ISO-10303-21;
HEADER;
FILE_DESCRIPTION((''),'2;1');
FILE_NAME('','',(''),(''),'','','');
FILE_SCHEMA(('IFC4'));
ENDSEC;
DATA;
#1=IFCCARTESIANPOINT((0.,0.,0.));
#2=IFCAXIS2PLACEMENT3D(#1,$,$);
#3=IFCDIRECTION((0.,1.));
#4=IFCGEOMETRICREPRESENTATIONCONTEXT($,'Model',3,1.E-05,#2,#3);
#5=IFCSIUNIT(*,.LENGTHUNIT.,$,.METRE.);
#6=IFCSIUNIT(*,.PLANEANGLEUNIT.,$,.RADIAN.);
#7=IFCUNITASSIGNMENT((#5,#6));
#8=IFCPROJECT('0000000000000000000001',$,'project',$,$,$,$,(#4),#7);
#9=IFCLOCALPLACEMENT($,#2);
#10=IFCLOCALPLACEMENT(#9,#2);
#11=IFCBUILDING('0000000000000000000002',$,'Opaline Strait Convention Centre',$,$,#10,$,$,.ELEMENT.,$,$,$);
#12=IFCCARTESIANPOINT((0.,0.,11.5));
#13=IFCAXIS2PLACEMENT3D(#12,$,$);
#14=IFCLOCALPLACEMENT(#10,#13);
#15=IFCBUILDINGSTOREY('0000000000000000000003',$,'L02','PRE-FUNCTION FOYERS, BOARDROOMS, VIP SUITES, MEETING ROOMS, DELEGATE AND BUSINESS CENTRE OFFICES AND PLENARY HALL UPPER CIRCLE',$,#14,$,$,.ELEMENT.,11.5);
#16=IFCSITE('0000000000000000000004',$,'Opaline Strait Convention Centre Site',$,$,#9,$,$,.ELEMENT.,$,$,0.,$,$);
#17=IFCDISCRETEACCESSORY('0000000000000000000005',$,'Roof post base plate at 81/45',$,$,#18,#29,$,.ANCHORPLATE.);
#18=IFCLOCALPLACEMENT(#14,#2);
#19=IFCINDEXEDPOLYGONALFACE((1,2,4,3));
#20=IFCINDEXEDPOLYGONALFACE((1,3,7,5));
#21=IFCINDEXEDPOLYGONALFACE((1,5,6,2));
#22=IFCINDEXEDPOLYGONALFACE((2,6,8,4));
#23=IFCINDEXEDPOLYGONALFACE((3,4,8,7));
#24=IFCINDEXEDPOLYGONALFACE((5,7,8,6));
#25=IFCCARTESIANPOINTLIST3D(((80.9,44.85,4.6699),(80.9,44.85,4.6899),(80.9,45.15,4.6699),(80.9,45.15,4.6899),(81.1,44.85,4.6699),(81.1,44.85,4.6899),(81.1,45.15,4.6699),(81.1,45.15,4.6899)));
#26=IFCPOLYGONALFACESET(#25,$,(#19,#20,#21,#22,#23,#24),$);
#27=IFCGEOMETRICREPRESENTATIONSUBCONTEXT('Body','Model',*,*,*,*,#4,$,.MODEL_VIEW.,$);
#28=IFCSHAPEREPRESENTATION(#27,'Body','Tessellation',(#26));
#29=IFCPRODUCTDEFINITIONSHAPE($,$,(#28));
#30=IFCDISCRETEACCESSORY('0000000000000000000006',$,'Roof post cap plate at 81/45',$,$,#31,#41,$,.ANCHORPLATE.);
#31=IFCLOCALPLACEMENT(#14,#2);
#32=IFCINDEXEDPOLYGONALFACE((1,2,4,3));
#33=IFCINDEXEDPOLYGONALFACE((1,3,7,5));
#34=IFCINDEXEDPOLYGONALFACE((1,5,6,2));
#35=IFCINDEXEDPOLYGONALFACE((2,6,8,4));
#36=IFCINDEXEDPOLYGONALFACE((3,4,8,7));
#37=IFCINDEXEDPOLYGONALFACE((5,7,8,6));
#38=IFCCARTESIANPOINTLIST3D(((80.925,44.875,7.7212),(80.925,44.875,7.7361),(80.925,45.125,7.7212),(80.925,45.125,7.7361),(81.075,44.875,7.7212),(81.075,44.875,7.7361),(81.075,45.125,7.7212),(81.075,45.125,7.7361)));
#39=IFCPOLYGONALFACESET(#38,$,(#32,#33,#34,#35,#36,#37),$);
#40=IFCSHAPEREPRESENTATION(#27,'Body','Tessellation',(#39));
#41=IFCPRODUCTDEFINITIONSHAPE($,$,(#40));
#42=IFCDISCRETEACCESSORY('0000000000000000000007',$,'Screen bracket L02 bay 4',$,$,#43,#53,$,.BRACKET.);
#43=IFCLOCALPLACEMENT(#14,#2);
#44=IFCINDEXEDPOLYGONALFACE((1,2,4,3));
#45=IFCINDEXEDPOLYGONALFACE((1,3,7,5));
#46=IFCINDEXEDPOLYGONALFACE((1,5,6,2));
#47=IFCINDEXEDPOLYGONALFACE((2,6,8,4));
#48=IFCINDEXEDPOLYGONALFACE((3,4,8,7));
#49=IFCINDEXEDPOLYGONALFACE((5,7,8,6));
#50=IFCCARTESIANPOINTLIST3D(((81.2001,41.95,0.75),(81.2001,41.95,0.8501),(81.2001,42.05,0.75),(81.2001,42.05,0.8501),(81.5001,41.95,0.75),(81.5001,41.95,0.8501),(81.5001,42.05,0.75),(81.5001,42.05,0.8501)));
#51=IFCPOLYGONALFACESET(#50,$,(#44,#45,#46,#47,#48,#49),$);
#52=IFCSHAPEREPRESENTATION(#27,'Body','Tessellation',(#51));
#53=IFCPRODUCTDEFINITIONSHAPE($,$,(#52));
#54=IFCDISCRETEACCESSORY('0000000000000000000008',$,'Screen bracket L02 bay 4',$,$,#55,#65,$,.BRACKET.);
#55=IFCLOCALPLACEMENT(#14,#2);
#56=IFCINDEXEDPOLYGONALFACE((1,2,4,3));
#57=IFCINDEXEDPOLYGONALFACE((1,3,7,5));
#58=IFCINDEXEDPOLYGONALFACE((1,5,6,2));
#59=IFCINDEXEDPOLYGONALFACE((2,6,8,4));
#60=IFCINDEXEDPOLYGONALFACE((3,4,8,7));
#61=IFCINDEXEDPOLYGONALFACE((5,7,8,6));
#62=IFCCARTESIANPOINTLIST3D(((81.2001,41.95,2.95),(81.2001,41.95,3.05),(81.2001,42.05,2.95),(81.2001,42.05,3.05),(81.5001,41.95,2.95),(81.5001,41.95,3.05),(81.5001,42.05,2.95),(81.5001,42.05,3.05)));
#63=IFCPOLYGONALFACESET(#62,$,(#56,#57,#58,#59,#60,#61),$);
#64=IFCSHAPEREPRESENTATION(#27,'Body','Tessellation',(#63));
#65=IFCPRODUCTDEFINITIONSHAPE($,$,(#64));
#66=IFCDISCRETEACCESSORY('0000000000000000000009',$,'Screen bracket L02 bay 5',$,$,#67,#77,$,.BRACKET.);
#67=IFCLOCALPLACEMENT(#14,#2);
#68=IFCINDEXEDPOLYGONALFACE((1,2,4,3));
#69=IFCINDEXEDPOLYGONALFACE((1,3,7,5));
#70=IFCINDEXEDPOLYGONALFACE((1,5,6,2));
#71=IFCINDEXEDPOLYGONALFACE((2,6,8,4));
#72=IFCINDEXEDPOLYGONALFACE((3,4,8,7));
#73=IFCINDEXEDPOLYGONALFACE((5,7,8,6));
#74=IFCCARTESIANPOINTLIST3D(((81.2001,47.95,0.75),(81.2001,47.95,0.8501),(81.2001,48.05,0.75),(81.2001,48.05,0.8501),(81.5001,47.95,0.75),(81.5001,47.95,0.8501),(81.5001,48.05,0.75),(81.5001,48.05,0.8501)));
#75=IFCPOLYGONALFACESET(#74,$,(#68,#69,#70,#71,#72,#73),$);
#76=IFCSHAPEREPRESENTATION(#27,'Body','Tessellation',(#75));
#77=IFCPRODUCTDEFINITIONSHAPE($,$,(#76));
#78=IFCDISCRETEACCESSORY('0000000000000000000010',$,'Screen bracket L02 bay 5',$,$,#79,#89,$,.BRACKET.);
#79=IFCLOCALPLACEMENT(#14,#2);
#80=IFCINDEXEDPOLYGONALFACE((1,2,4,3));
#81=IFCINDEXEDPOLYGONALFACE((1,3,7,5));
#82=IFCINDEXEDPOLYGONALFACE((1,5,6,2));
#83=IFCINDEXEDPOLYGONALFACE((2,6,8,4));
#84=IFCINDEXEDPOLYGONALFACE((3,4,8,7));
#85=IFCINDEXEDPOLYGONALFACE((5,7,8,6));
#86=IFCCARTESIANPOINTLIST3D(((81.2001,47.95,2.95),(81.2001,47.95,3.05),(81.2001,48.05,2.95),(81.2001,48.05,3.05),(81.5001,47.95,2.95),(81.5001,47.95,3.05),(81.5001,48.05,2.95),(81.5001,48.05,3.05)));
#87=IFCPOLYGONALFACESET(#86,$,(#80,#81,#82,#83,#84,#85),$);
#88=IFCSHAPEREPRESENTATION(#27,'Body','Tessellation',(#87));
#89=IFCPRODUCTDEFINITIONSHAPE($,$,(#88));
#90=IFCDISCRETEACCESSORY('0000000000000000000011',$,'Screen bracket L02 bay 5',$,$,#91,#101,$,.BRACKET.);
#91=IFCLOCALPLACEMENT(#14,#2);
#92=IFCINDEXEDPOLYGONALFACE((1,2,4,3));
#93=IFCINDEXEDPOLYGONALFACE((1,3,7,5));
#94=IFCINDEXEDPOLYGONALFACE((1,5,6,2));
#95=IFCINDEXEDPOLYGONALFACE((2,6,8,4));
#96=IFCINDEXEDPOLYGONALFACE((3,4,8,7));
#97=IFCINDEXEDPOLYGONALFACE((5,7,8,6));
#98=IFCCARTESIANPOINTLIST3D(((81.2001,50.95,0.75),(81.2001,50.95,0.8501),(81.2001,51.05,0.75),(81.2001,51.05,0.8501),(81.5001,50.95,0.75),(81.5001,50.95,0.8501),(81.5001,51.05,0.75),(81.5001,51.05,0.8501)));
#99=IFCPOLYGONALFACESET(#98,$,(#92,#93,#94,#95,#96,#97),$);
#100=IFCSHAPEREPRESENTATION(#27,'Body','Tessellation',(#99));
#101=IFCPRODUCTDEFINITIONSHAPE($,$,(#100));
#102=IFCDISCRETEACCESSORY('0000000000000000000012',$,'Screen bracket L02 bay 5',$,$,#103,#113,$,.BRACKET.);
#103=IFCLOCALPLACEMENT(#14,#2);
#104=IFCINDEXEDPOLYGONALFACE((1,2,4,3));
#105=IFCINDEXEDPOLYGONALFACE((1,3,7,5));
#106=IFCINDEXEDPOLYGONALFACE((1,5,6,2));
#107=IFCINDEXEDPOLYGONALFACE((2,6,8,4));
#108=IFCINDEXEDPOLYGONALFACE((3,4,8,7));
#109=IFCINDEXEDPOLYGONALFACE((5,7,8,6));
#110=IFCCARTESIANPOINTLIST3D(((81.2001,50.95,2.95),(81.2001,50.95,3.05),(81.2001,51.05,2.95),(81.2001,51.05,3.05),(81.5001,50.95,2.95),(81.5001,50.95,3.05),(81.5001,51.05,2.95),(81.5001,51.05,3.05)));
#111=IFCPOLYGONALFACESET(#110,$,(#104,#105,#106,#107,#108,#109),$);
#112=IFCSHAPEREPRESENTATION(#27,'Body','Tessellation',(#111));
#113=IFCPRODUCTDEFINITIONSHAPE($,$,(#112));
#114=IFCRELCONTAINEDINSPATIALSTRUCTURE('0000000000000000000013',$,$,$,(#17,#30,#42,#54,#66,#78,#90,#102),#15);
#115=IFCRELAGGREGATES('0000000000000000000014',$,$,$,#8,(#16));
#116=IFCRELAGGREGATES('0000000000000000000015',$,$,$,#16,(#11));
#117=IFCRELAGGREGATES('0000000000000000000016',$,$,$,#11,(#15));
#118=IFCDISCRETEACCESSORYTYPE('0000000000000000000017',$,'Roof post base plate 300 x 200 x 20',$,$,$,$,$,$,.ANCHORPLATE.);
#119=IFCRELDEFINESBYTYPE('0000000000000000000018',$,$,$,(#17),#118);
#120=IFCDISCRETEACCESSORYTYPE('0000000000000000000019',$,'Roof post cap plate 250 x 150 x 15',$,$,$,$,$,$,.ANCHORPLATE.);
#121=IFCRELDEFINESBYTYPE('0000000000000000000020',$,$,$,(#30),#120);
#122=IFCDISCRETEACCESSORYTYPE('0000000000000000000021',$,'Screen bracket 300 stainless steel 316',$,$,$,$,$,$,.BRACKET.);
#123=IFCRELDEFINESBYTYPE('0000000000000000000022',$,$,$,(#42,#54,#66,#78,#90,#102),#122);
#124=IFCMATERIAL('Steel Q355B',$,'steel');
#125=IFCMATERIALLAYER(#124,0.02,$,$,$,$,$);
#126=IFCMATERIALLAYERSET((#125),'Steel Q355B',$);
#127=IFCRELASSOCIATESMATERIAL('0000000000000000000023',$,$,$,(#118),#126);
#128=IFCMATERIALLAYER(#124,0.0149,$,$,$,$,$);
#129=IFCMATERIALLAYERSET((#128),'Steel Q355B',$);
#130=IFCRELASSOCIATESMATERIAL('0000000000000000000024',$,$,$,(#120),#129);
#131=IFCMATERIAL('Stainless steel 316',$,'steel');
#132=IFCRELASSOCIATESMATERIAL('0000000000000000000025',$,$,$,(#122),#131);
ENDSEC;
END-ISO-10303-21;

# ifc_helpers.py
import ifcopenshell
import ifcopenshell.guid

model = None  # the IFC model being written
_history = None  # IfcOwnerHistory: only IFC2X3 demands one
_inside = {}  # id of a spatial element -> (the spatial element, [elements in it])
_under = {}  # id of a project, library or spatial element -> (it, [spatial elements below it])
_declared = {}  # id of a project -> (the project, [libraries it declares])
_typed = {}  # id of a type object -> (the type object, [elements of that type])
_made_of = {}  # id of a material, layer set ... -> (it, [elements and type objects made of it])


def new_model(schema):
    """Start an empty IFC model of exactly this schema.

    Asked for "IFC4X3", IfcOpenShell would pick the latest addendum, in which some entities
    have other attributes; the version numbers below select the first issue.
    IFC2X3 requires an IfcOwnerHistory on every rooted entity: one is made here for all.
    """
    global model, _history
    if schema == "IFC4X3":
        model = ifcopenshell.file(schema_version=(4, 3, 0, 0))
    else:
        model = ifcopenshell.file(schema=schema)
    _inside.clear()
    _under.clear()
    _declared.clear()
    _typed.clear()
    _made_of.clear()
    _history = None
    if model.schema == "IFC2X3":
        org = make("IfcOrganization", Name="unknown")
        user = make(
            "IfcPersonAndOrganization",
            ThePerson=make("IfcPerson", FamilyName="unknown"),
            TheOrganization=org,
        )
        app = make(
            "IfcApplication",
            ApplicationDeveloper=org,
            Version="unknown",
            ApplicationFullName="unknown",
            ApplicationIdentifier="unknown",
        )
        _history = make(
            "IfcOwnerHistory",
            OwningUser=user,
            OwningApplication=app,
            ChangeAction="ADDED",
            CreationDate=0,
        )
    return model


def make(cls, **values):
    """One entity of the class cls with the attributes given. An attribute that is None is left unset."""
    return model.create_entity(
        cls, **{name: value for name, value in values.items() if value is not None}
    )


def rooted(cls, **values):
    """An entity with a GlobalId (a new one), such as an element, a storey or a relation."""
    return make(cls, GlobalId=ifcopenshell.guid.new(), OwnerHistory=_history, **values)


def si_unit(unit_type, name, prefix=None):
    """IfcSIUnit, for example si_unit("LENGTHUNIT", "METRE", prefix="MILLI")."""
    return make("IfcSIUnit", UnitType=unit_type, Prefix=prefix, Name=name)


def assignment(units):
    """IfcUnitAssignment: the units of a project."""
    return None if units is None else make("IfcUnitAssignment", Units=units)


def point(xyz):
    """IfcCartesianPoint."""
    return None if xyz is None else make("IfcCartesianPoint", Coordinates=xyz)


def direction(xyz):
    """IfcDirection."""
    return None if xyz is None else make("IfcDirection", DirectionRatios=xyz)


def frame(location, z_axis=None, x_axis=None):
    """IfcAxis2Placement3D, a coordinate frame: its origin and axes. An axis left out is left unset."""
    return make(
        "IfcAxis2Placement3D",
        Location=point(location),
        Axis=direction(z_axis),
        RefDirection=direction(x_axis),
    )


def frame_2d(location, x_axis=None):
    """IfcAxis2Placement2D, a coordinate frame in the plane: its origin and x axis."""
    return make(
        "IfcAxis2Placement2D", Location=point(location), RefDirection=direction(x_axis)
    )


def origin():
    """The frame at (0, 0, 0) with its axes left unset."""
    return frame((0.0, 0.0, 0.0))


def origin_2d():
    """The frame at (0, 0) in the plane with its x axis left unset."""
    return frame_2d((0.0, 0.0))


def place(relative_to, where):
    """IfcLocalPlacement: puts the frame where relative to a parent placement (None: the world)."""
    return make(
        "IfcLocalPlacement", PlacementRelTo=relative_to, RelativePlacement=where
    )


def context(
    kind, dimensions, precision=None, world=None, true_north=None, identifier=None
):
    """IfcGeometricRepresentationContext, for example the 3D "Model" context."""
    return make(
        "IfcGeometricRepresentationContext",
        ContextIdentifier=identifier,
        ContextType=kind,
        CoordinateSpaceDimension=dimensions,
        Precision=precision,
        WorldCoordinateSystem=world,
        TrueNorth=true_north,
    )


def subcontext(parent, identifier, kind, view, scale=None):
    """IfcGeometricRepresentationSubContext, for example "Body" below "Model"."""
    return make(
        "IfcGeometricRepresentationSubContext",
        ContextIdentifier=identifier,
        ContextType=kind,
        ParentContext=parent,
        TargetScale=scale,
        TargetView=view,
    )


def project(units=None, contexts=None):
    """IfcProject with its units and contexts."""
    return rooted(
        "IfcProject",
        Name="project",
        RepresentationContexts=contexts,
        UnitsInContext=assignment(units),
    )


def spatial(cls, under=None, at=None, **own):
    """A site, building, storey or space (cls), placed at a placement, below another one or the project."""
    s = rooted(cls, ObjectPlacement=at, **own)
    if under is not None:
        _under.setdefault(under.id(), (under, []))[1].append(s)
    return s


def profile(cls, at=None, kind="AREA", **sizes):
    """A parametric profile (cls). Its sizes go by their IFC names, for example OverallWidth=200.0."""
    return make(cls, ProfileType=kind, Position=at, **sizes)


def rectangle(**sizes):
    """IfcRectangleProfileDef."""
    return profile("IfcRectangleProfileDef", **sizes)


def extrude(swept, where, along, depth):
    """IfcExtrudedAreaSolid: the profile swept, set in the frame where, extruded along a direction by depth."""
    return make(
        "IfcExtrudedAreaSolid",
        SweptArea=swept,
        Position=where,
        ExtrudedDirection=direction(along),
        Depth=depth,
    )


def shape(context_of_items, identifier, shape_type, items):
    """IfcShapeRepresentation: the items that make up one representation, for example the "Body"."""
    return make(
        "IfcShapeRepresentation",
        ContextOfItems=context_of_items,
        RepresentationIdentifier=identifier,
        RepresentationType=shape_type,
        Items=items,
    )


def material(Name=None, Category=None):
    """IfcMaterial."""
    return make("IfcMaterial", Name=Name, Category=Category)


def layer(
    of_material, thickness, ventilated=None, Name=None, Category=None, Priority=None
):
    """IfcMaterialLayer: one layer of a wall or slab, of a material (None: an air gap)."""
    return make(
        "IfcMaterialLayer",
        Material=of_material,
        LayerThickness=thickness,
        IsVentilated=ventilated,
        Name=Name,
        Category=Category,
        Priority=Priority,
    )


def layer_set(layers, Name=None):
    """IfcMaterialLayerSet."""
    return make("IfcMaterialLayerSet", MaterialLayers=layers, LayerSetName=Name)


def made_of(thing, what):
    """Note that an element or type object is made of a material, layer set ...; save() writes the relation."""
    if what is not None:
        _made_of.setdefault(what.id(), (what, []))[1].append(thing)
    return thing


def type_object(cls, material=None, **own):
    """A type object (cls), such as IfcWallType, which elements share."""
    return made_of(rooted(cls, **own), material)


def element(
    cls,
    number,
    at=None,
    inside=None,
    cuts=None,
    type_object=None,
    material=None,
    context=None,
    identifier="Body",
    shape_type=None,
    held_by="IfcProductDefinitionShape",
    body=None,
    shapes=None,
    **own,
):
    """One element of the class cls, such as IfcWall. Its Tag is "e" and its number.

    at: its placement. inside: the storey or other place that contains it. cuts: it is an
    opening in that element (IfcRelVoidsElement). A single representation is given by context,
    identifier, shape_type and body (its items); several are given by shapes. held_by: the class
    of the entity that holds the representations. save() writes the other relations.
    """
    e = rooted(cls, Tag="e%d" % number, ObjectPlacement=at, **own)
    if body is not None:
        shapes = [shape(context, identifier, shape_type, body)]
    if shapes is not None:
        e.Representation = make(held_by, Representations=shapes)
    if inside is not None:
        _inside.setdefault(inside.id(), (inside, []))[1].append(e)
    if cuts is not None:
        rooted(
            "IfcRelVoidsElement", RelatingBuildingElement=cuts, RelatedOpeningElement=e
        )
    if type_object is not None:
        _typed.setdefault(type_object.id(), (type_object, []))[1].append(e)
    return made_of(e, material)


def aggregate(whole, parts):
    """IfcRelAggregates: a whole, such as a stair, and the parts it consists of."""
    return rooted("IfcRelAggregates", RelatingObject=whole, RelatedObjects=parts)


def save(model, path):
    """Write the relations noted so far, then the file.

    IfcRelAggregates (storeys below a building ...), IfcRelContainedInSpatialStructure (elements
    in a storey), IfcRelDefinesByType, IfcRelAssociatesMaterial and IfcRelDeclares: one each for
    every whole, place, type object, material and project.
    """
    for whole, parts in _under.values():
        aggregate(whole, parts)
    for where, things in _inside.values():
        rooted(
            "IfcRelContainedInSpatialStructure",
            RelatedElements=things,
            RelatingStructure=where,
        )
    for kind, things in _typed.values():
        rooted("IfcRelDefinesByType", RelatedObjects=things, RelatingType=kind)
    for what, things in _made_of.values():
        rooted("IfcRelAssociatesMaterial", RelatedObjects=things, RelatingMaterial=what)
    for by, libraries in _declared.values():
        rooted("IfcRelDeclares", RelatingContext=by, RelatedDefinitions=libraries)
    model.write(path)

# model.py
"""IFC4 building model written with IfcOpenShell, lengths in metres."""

from ifc_helpers import new_model, si_unit, direction, frame, origin, origin_2d, place, context, subcontext, project, spatial, rectangle, extrude, material, layer, layer_set, type_object, element, save


model = new_model("IFC4")

# Units and contexts
model_context = context("Model", 3, precision=1e-05, world=origin(), true_north=direction((0.0, 1.0)))
body_context = subcontext(model_context, "Body", "Model", "MODEL_VIEW")
ifc_project = project(units=[si_unit("LENGTHUNIT", "METRE"), si_unit("PLANEANGLEUNIT", "RADIAN")], contexts=[model_context])

# Site, building, storey
site_placement = place(None, origin())
site = spatial("IfcSite", under=ifc_project, at=site_placement, Name="Opaline Strait Convention Centre Site", CompositionType="ELEMENT", RefElevation=0.0)
building_placement = place(site_placement, origin())
building = spatial("IfcBuilding", under=site, at=building_placement, Name="Opaline Strait Convention Centre", CompositionType="ELEMENT")
storey_placement = place(building_placement, frame((0.0, 0.0, 11.5)))
storey = spatial("IfcBuildingStorey", under=building, at=storey_placement, Name="L02", Description="PRE-FUNCTION FOYERS, BOARDROOMS, VIP SUITES, MEETING ROOMS, DELEGATE AND BUSINESS CENTRE OFFICES AND PLENARY HALL UPPER CIRCLE", CompositionType="ELEMENT", Elevation=11.5)

# Shared definitions
ifc_material_1 = material(Name="Steel Q355B", Category="steel")

# Discrete accessories
ifc_layer_1 = layer(ifc_material_1, 0.02)
ifc_layer_set_1 = layer_set([ifc_layer_1], Name="Steel Q355B")
discrete_accessory_type_1 = type_object("IfcDiscreteAccessoryType", Name="Roof post base plate 300 x 200 x 20", PredefinedType="ANCHORPLATE", material=ifc_layer_set_1)
discrete_accessory_1_placement = place(storey_placement, frame((81.0, 45.0, 4.6699), z_axis=(0.0, 0.0, 1.0), x_axis=(1.0, 0.0, 0.0)))
element("IfcDiscreteAccessory", 1, at=discrete_accessory_1_placement, inside=storey, type_object=discrete_accessory_type_1, Name="Roof post base plate at 81/45", PredefinedType="ANCHORPLATE", context=body_context, shape_type="SweptSolid", body=[
    extrude(rectangle(XDim=0.2, YDim=0.3, at=origin_2d()), origin(), (0.0, 0.0, 1.0), 0.02),
])
ifc_layer_2 = layer(ifc_material_1, 0.0149)
ifc_layer_set_2 = layer_set([ifc_layer_2], Name="Steel Q355B")
discrete_accessory_type_2 = type_object("IfcDiscreteAccessoryType", Name="Roof post cap plate 250 x 150 x 15", PredefinedType="ANCHORPLATE", material=ifc_layer_set_2)
discrete_accessory_2_placement = place(storey_placement, frame((81.0, 45.0, 7.7212), z_axis=(0.0, 0.0, 1.0), x_axis=(1.0, 0.0, 0.0)))
element("IfcDiscreteAccessory", 2, at=discrete_accessory_2_placement, inside=storey, type_object=discrete_accessory_type_2, Name="Roof post cap plate at 81/45", PredefinedType="ANCHORPLATE", context=body_context, shape_type="SweptSolid", body=[
    extrude(rectangle(XDim=0.1499, YDim=0.25, at=origin_2d()), origin(), (0.0, 0.0, 1.0), 0.0149),
])
ifc_material_2 = material(Name="Stainless steel 316", Category="steel")
discrete_accessory_type_3 = type_object("IfcDiscreteAccessoryType", Name="Screen bracket 300 stainless steel 316", PredefinedType="BRACKET", material=ifc_material_2)
for number, where, z_axis, x_axis, name in (
    (3, (81.3501, 42.0, 0.75), (0.0, 0.0, 1.0), (1.0, 0.0, 0.0), "Screen bracket L02 bay 4"),
    (4, (81.3501, 42.0, 2.95), (0.0, 0.0, 1.0), (1.0, 0.0, 0.0), "Screen bracket L02 bay 4"),
    (5, (81.3501, 48.0, 0.75), (0.0, 0.0, 1.0), (1.0, 0.0, 0.0), "Screen bracket L02 bay 5"),
    (6, (81.3501, 48.0, 2.95), (0.0, 0.0, 1.0), (1.0, 0.0, 0.0), "Screen bracket L02 bay 5"),
    (7, (81.3501, 51.0, 0.75), (0.0, 0.0, 1.0), (1.0, 0.0, 0.0), "Screen bracket L02 bay 5"),
    (8, (81.3501, 51.0, 2.95), (0.0, 0.0, 1.0), (1.0, 0.0, 0.0), "Screen bracket L02 bay 5"),
):
    element("IfcDiscreteAccessory", number, at=place(storey_placement, frame(where, z_axis=z_axis, x_axis=x_axis)), inside=storey, type_object=discrete_accessory_type_3, Name=name, PredefinedType="BRACKET", context=body_context, shape_type="SweptSolid", body=[
        extrude(rectangle(XDim=0.3, YDim=0.1001, at=origin_2d()), origin(), (0.0, 0.0, 1.0), 0.1001),
    ])

save(model, "model.ifc")
